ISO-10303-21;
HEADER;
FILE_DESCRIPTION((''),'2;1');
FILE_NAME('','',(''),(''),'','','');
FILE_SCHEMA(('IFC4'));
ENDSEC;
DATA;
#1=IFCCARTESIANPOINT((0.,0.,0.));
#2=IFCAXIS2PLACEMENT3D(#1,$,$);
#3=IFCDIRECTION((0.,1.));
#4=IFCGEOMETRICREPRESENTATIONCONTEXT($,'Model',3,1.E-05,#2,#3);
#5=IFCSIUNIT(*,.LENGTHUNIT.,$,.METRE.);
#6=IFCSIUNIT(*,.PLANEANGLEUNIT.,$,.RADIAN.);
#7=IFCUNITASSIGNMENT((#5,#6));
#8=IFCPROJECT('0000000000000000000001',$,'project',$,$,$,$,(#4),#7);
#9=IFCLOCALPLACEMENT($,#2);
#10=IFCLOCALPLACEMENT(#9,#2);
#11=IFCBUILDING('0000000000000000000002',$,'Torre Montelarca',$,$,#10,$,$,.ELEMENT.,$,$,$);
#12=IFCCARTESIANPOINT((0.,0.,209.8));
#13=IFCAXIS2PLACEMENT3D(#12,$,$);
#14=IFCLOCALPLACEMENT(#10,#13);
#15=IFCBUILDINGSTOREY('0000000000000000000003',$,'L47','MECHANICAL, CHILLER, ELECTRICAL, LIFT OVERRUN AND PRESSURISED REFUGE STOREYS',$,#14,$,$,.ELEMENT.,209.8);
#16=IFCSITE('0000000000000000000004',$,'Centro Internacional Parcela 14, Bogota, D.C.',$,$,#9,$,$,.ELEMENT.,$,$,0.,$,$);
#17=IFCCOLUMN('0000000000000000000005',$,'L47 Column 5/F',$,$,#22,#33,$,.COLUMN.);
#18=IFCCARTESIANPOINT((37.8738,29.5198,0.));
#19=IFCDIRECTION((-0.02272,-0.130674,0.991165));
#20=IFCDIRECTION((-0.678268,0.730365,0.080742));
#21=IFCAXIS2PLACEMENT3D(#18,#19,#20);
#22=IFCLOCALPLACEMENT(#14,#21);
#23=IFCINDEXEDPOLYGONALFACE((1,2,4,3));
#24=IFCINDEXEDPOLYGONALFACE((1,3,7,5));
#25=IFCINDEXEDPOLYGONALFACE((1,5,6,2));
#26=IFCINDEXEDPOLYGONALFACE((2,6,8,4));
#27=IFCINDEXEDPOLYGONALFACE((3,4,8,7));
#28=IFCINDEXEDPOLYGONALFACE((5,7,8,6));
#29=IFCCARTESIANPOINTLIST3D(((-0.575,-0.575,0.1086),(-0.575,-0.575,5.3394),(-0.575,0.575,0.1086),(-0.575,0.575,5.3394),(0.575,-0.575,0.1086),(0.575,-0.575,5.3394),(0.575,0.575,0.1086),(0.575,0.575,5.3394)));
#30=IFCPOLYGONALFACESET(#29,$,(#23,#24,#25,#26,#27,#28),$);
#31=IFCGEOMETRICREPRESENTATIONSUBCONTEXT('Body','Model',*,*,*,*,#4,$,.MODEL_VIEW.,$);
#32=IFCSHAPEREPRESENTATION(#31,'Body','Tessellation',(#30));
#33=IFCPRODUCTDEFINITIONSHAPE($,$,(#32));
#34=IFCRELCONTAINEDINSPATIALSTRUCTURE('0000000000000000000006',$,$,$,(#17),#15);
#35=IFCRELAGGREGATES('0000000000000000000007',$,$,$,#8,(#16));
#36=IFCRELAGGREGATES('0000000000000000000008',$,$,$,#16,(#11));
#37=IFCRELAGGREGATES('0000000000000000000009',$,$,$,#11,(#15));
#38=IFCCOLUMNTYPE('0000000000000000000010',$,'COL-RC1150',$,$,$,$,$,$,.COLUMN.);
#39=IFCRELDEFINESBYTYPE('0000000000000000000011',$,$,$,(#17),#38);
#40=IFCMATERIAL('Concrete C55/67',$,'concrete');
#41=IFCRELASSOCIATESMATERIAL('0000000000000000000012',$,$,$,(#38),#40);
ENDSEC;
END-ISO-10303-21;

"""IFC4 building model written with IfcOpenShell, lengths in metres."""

from ifc_helpers import new_model, si_unit, direction, frame, origin, origin_2d, place, context, subcontext, project, spatial, rectangle, extrude, clip, halfspace, material, material_profile, profile_set, type_object, element, save


model = new_model("IFC4")

# Units and contexts
model_context = context("Model", 3, precision=1e-05, world=origin(), true_north=direction((0.0, 1.0)))
body_context = subcontext(model_context, "Body", "Model", "MODEL_VIEW")
ifc_project = project(units=[si_unit("LENGTHUNIT", "METRE"), si_unit("PLANEANGLEUNIT", "RADIAN")], contexts=[model_context])

# Site, building, storey
site_placement = place(None, origin())
site = spatial("IfcSite", under=ifc_project, at=site_placement, Name="Centro Internacional Parcela 14, Bogota, D.C.", CompositionType="ELEMENT", RefElevation=0.0)
building_placement = place(site_placement, origin())
building = spatial("IfcBuilding", under=site, at=building_placement, Name="Torre Montelarca", CompositionType="ELEMENT")
storey_placement = place(building_placement, frame((0.0, 0.0, 209.8)))
storey = spatial("IfcBuildingStorey", under=building, at=storey_placement, Name="L47", Description="MECHANICAL, CHILLER, ELECTRICAL, LIFT OVERRUN AND PRESSURISED REFUGE STOREYS", CompositionType="ELEMENT", Elevation=209.8)

# Column
ifc_material_1 = material(Name="Concrete C55/67", Category="concrete")
ifc_material_profile_1 = material_profile(ifc_material_1, rectangle(XDim=1.1499, YDim=1.1499, at=origin_2d()), Name="RC1150X1150", Category="concrete")
ifc_profile_set_1 = profile_set([ifc_material_profile_1], Name="Concrete C55/67")
column_type_1 = type_object("IfcColumnType", Name="COL-RC1150", PredefinedType="COLUMN", material=ifc_profile_set_1)
column_1_placement = place(storey_placement, frame((37.8738, 29.5198, 0.0), z_axis=(-0.02272, -0.130674, 0.991165), x_axis=(-0.678268, 0.730365, 0.080742)))
element("IfcColumn", 1, at=column_1_placement, inside=storey, type_object=column_type_1, Name="L47 Column 5/F", PredefinedType="COLUMN", context=body_context, shape_type="Clipping", body=[
    clip(clip(extrude(rectangle(XDim=1.1499, YDim=1.1499, at=origin_2d()), origin(), (0.0, 0.0, 1.0), 5.448), halfspace(frame((0.0, 0.0, 0.1086), z_axis=(0.0, 0.0, -1.0), x_axis=(1.0, 0.0, 0.0)), False)), halfspace(frame((0.0, 0.0, 5.3394), z_axis=(0.0, 0.0, 1.0), x_axis=(1.0, 0.0, 0.0)), False)),
])

save(model, "model.ifc")
